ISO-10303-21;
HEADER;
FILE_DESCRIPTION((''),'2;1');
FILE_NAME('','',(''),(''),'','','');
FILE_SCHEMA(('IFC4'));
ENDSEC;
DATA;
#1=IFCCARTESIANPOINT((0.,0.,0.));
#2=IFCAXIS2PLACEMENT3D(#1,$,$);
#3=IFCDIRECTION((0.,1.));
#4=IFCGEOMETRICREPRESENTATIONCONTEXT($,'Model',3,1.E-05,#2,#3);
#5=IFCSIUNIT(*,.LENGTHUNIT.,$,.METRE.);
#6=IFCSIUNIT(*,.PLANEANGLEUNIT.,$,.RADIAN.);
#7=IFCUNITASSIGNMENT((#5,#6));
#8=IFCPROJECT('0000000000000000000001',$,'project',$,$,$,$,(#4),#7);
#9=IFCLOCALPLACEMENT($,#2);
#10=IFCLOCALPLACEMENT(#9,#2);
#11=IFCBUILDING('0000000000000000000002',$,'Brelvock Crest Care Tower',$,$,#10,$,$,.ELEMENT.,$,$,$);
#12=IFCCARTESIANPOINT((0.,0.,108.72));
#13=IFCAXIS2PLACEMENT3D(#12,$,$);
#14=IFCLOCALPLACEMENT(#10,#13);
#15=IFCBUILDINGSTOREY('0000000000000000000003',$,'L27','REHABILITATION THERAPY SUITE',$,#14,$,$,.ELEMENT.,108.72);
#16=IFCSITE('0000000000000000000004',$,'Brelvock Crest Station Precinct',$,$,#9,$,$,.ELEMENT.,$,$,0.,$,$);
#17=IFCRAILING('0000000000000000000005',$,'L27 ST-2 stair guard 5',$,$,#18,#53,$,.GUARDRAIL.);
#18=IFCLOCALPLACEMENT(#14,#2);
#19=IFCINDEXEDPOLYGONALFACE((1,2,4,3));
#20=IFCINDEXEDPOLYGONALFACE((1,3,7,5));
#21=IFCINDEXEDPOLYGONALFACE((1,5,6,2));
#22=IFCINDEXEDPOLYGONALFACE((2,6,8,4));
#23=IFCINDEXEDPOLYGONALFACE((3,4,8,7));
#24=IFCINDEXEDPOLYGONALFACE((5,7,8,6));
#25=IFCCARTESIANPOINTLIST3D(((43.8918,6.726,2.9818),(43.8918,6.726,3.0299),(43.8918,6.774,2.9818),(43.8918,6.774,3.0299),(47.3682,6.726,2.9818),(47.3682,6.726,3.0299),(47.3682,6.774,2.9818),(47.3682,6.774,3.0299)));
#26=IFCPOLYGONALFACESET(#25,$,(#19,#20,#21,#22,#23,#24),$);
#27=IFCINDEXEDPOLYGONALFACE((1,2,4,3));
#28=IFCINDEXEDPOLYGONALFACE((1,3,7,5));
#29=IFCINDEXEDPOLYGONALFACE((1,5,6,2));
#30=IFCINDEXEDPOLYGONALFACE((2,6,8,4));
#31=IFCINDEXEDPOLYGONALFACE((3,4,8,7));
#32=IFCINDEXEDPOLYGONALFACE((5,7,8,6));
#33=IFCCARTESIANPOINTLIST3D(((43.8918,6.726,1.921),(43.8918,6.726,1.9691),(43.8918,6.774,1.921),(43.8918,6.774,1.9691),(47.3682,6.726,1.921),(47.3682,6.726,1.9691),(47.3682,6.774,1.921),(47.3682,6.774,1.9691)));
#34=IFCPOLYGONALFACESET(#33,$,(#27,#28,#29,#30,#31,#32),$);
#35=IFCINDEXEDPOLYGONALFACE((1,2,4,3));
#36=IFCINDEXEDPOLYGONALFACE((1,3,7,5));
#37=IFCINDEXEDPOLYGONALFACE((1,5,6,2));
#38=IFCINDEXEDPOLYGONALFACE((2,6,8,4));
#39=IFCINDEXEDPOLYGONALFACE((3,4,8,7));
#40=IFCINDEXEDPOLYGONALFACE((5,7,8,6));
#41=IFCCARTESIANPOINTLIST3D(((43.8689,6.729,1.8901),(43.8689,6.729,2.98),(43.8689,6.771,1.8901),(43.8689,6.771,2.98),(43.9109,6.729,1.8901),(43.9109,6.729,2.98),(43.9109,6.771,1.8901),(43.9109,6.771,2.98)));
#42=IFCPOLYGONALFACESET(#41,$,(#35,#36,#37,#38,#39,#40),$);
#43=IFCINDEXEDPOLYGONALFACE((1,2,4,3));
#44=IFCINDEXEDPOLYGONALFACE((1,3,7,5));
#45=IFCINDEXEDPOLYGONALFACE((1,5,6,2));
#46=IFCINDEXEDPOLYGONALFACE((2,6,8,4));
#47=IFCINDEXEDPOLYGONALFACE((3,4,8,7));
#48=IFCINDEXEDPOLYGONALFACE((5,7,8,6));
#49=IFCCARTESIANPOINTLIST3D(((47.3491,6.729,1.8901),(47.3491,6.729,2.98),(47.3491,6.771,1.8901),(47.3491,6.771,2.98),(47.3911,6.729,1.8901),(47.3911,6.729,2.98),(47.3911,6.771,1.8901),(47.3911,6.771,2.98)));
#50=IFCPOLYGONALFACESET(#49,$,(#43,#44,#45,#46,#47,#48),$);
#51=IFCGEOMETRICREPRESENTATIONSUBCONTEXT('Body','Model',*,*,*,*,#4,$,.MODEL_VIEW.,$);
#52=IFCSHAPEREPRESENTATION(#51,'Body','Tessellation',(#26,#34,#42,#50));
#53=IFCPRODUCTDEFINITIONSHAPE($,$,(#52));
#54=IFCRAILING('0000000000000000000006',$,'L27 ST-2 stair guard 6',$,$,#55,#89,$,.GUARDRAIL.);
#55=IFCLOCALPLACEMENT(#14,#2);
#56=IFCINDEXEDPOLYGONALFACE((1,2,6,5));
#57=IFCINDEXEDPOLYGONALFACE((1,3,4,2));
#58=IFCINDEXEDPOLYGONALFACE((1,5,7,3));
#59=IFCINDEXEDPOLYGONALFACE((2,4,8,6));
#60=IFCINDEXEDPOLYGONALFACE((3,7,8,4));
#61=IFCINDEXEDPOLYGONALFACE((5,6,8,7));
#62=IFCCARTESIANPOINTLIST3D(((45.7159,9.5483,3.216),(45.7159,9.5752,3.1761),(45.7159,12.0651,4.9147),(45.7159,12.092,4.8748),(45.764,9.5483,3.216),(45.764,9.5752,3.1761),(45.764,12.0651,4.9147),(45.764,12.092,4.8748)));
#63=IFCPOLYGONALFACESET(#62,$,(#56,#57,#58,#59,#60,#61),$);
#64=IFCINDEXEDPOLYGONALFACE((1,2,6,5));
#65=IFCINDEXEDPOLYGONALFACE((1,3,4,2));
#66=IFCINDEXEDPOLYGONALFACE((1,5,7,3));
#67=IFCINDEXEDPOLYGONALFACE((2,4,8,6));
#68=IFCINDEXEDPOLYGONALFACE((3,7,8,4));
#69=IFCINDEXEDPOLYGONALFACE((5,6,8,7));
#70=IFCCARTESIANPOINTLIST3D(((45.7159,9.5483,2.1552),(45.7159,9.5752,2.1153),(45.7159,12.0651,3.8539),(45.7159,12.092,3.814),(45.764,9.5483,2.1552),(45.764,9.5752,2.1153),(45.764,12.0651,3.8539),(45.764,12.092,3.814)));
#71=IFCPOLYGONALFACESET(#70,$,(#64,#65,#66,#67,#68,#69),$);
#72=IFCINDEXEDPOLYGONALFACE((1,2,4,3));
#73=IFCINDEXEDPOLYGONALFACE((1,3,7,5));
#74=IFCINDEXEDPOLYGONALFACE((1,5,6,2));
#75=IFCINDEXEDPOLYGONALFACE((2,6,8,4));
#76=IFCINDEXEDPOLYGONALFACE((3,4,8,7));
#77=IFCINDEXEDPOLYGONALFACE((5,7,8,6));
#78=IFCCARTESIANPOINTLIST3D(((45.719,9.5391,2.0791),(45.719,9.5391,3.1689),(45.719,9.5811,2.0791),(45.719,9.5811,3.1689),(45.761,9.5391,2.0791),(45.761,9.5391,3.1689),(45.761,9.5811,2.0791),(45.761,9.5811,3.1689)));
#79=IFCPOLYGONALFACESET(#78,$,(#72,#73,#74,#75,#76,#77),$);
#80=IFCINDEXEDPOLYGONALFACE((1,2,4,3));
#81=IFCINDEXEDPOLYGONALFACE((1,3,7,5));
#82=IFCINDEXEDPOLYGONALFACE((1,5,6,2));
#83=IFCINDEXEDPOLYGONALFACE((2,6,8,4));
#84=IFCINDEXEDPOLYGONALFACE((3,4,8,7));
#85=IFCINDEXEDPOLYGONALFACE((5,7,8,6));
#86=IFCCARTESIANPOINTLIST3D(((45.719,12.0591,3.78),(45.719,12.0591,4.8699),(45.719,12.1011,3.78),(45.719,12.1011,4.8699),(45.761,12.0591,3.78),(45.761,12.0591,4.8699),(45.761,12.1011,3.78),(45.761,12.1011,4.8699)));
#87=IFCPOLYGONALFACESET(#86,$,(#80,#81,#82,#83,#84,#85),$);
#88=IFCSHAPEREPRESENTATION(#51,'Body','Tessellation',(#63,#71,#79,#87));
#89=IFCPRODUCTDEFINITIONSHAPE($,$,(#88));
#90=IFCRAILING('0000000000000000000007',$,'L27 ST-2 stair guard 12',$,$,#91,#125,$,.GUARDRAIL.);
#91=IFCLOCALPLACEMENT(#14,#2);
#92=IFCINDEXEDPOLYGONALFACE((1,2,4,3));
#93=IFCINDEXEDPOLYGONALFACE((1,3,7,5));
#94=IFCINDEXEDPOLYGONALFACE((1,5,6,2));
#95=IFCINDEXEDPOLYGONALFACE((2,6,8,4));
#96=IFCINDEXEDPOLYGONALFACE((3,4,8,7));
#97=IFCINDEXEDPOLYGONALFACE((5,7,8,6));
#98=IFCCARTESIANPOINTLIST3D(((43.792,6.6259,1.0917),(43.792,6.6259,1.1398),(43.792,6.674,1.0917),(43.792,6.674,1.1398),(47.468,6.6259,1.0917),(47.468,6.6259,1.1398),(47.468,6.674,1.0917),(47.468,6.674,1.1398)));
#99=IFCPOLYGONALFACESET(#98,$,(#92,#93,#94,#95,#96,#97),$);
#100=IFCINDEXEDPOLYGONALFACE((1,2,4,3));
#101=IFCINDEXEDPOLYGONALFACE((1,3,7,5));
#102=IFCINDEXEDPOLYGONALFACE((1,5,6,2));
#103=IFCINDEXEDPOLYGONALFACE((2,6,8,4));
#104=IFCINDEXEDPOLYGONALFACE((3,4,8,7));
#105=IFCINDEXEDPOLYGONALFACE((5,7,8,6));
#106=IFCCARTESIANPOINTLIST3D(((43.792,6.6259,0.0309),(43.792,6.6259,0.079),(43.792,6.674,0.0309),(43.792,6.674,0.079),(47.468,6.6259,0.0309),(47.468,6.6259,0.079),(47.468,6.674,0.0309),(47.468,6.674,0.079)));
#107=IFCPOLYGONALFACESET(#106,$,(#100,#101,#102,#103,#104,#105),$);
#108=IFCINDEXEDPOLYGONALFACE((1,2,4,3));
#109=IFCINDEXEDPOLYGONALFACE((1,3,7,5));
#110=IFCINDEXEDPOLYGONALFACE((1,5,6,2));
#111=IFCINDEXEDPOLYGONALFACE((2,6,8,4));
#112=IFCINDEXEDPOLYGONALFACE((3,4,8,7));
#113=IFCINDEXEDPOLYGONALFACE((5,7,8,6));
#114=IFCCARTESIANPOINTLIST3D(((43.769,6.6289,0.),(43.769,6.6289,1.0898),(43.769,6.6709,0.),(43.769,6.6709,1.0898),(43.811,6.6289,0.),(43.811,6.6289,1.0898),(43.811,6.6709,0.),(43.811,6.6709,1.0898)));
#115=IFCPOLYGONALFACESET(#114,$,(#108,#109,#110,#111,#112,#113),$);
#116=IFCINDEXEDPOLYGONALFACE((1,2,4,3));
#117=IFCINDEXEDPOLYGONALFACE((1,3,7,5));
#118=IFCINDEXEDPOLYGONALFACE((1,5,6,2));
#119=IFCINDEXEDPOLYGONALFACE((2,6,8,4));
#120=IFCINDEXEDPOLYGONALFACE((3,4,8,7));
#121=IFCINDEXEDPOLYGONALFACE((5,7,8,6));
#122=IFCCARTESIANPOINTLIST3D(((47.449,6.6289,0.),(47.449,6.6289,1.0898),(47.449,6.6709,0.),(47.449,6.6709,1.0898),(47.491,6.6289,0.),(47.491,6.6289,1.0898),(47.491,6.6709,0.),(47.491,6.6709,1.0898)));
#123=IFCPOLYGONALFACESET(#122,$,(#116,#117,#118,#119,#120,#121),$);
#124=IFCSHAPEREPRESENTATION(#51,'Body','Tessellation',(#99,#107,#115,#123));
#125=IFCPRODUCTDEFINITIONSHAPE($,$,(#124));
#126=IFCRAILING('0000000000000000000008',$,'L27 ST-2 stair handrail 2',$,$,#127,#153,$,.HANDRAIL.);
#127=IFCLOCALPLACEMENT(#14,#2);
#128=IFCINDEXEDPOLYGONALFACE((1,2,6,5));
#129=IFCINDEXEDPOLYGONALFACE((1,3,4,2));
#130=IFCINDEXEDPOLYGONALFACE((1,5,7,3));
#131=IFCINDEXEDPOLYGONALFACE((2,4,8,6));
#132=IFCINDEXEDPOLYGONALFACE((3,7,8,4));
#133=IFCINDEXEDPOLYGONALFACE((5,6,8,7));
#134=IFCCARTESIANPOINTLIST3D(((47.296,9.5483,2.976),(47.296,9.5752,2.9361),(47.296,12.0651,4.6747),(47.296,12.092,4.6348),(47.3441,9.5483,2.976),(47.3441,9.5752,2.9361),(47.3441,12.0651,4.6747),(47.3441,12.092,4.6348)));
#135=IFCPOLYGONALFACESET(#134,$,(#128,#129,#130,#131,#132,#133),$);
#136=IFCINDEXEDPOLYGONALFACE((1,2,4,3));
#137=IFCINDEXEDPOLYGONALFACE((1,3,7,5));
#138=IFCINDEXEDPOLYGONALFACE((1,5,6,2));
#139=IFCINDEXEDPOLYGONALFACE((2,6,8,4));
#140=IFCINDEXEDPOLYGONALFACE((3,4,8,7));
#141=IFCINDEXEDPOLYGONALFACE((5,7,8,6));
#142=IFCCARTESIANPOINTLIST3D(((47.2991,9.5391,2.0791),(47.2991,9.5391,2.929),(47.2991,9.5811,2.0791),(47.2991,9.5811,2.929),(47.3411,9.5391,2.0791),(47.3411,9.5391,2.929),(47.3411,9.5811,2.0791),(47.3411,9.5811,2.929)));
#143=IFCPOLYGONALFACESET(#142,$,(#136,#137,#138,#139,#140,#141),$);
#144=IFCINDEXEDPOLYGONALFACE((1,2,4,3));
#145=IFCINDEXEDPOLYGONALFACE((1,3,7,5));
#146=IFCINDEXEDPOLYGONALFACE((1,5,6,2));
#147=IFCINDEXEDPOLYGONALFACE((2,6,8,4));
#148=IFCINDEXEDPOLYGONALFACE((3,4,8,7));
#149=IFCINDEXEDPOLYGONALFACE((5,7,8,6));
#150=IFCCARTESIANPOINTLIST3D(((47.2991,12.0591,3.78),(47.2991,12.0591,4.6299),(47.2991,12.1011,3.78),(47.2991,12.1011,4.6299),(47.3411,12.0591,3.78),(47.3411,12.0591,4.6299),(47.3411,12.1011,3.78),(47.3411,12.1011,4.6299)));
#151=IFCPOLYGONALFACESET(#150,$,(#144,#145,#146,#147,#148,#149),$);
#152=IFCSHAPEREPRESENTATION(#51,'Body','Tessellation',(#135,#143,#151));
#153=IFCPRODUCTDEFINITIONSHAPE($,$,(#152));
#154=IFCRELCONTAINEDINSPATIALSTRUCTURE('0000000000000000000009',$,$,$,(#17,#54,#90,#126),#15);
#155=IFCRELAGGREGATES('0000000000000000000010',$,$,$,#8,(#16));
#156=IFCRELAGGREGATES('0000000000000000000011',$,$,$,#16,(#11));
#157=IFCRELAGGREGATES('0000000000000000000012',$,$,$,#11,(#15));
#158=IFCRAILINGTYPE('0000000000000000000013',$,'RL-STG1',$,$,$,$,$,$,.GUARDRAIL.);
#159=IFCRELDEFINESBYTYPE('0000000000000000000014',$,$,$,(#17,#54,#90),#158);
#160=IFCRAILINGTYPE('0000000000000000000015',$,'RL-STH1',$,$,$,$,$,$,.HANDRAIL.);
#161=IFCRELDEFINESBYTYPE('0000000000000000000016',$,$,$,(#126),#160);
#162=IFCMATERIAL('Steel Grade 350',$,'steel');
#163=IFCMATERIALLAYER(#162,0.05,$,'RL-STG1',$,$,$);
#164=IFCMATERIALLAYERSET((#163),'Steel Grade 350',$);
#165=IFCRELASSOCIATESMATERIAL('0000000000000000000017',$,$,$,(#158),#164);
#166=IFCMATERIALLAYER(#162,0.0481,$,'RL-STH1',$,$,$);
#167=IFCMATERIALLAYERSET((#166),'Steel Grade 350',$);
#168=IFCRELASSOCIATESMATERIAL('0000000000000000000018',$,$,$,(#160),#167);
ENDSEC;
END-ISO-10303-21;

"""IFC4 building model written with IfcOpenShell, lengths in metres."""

from ifc_helpers import new_model, si_unit, direction, frame, origin, origin_2d, place, context, subcontext, project, spatial, rectangle, extrude, material, layer, layer_set, type_object, element, save


model = new_model("IFC4")

# Units and contexts
model_context = context("Model", 3, precision=1e-05, world=origin(), true_north=direction((0.0, 1.0)))
body_context = subcontext(model_context, "Body", "Model", "MODEL_VIEW")
ifc_project = project(units=[si_unit("LENGTHUNIT", "METRE"), si_unit("PLANEANGLEUNIT", "RADIAN")], contexts=[model_context])

# Site, building, storey
site_placement = place(None, origin())
site = spatial("IfcSite", under=ifc_project, at=site_placement, Name="Brelvock Crest Station Precinct", CompositionType="ELEMENT", RefElevation=0.0)
building_placement = place(site_placement, origin())
building = spatial("IfcBuilding", under=site, at=building_placement, Name="Brelvock Crest Care Tower", CompositionType="ELEMENT")
storey_placement = place(building_placement, frame((0.0, 0.0, 108.72)))
storey = spatial("IfcBuildingStorey", under=building, at=storey_placement, Name="L27", Description="REHABILITATION THERAPY SUITE", CompositionType="ELEMENT", Elevation=108.72)

# Shared definitions
ifc_material_1 = material(Name="Steel Grade 350", Category="steel")

# Railings
ifc_layer_1 = layer(ifc_material_1, 0.05, Name="RL-STG1")
ifc_layer_set_1 = layer_set([ifc_layer_1], Name="Steel Grade 350")
railing_type_1 = type_object("IfcRailingType", Name="RL-STG1", PredefinedType="GUARDRAIL", material=ifc_layer_set_1)
railing_1_placement = place(storey_placement, frame((43.8899, 6.75, 1.8901)))
element("IfcRailing", 1, at=railing_1_placement, inside=storey, type_object=railing_type_1, Name="L27 ST-2 stair guard 5", PredefinedType="GUARDRAIL", context=body_context, shape_type="SweptSolid", body=[
    extrude(rectangle(XDim=0.0481, YDim=0.0481, at=origin_2d()), frame((0.002, 0.0, 1.1157), z_axis=(1.0, 0.0, 0.0), x_axis=(0.0, 1.0, 0.0)), (0.0, 0.0, 1.0), 3.4763),
    extrude(rectangle(XDim=0.0481, YDim=0.0481, at=origin_2d()), frame((0.002, 0.0, 0.0549), z_axis=(1.0, 0.0, 0.0), x_axis=(0.0, 1.0, 0.0)), (0.0, 0.0, 1.0), 3.4763),
    extrude(rectangle(XDim=0.042, YDim=0.042, at=origin_2d()), origin(), (0.0, 0.0, 1.0), 1.0898),
    extrude(rectangle(XDim=0.042, YDim=0.042, at=origin_2d()), frame((3.4802, 0.0, 0.0)), (0.0, 0.0, 1.0), 1.0898),
])
railing_2_placement = place(storey_placement, frame((45.74, 9.5601, 2.0791)))
element("IfcRailing", 2, at=railing_2_placement, inside=storey, type_object=railing_type_1, Name="L27 ST-2 stair guard 6", PredefinedType="GUARDRAIL", context=body_context, shape_type="SweptSolid", body=[
    extrude(rectangle(XDim=0.0481, YDim=0.0481, at=origin_2d()), frame((0.0, 0.0017, 1.1169), z_axis=(0.0, 0.828862, 0.559454), x_axis=(-1.0, 0.0, 0.0)), (0.0, 0.0, 1.0), 3.0364),
    extrude(rectangle(XDim=0.0481, YDim=0.0481, at=origin_2d()), frame((0.0, 0.0017, 0.0562), z_axis=(0.0, 0.828862, 0.559454), x_axis=(-1.0, 0.0, 0.0)), (0.0, 0.0, 1.0), 3.0364),
    extrude(rectangle(XDim=0.042, YDim=0.042, at=origin_2d()), origin(), (0.0, 0.0, 1.0), 1.0898),
    extrude(rectangle(XDim=0.042, YDim=0.042, at=origin_2d()), frame((0.0, 2.52, 1.7009)), (0.0, 0.0, 1.0), 1.0898),
])
railing_3_placement = place(storey_placement, frame((43.79, 6.6499, 0.0)))
element("IfcRailing", 3, at=railing_3_placement, inside=storey, type_object=railing_type_1, Name="L27 ST-2 stair guard 12", PredefinedType="GUARDRAIL", context=body_context, shape_type="SweptSolid", body=[
    extrude(rectangle(XDim=0.0481, YDim=0.0481, at=origin_2d()), frame((0.002, 0.0, 1.1157), z_axis=(1.0, 0.0, 0.0), x_axis=(0.0, 1.0, 0.0)), (0.0, 0.0, 1.0), 3.676),
    extrude(rectangle(XDim=0.0481, YDim=0.0481, at=origin_2d()), frame((0.002, 0.0, 0.0549), z_axis=(1.0, 0.0, 0.0), x_axis=(0.0, 1.0, 0.0)), (0.0, 0.0, 1.0), 3.676),
    extrude(rectangle(XDim=0.042, YDim=0.042, at=origin_2d()), origin(), (0.0, 0.0, 1.0), 1.0898),
    extrude(rectangle(XDim=0.042, YDim=0.042, at=origin_2d()), frame((3.6799, 0.0, 0.0)), (0.0, 0.0, 1.0), 1.0898),
])
ifc_layer_2 = layer(ifc_material_1, 0.0481, Name="RL-STH1")
ifc_layer_set_2 = layer_set([ifc_layer_2], Name="Steel Grade 350")
railing_type_2 = type_object("IfcRailingType", Name="RL-STH1", PredefinedType="HANDRAIL", material=ifc_layer_set_2)
railing_4_placement = place(storey_placement, frame((47.3201, 9.5601, 2.0791)))
element("IfcRailing", 4, at=railing_4_placement, inside=storey, type_object=railing_type_2, Name="L27 ST-2 stair handrail 2", PredefinedType="HANDRAIL", context=body_context, shape_type="SweptSolid", body=[
    extrude(rectangle(XDim=0.0481, YDim=0.0481, at=origin_2d()), frame((0.0, 0.0017, 0.877), z_axis=(0.0, 0.828862, 0.559454), x_axis=(-1.0, 0.0, 0.0)), (0.0, 0.0, 1.0), 3.0364),
    extrude(rectangle(XDim=0.042, YDim=0.042, at=origin_2d()), origin(), (0.0, 0.0, 1.0), 0.8499),
    extrude(rectangle(XDim=0.042, YDim=0.042, at=origin_2d()), frame((0.0, 2.52, 1.7009)), (0.0, 0.0, 1.0), 0.8499),
])

save(model, "model.ifc")
